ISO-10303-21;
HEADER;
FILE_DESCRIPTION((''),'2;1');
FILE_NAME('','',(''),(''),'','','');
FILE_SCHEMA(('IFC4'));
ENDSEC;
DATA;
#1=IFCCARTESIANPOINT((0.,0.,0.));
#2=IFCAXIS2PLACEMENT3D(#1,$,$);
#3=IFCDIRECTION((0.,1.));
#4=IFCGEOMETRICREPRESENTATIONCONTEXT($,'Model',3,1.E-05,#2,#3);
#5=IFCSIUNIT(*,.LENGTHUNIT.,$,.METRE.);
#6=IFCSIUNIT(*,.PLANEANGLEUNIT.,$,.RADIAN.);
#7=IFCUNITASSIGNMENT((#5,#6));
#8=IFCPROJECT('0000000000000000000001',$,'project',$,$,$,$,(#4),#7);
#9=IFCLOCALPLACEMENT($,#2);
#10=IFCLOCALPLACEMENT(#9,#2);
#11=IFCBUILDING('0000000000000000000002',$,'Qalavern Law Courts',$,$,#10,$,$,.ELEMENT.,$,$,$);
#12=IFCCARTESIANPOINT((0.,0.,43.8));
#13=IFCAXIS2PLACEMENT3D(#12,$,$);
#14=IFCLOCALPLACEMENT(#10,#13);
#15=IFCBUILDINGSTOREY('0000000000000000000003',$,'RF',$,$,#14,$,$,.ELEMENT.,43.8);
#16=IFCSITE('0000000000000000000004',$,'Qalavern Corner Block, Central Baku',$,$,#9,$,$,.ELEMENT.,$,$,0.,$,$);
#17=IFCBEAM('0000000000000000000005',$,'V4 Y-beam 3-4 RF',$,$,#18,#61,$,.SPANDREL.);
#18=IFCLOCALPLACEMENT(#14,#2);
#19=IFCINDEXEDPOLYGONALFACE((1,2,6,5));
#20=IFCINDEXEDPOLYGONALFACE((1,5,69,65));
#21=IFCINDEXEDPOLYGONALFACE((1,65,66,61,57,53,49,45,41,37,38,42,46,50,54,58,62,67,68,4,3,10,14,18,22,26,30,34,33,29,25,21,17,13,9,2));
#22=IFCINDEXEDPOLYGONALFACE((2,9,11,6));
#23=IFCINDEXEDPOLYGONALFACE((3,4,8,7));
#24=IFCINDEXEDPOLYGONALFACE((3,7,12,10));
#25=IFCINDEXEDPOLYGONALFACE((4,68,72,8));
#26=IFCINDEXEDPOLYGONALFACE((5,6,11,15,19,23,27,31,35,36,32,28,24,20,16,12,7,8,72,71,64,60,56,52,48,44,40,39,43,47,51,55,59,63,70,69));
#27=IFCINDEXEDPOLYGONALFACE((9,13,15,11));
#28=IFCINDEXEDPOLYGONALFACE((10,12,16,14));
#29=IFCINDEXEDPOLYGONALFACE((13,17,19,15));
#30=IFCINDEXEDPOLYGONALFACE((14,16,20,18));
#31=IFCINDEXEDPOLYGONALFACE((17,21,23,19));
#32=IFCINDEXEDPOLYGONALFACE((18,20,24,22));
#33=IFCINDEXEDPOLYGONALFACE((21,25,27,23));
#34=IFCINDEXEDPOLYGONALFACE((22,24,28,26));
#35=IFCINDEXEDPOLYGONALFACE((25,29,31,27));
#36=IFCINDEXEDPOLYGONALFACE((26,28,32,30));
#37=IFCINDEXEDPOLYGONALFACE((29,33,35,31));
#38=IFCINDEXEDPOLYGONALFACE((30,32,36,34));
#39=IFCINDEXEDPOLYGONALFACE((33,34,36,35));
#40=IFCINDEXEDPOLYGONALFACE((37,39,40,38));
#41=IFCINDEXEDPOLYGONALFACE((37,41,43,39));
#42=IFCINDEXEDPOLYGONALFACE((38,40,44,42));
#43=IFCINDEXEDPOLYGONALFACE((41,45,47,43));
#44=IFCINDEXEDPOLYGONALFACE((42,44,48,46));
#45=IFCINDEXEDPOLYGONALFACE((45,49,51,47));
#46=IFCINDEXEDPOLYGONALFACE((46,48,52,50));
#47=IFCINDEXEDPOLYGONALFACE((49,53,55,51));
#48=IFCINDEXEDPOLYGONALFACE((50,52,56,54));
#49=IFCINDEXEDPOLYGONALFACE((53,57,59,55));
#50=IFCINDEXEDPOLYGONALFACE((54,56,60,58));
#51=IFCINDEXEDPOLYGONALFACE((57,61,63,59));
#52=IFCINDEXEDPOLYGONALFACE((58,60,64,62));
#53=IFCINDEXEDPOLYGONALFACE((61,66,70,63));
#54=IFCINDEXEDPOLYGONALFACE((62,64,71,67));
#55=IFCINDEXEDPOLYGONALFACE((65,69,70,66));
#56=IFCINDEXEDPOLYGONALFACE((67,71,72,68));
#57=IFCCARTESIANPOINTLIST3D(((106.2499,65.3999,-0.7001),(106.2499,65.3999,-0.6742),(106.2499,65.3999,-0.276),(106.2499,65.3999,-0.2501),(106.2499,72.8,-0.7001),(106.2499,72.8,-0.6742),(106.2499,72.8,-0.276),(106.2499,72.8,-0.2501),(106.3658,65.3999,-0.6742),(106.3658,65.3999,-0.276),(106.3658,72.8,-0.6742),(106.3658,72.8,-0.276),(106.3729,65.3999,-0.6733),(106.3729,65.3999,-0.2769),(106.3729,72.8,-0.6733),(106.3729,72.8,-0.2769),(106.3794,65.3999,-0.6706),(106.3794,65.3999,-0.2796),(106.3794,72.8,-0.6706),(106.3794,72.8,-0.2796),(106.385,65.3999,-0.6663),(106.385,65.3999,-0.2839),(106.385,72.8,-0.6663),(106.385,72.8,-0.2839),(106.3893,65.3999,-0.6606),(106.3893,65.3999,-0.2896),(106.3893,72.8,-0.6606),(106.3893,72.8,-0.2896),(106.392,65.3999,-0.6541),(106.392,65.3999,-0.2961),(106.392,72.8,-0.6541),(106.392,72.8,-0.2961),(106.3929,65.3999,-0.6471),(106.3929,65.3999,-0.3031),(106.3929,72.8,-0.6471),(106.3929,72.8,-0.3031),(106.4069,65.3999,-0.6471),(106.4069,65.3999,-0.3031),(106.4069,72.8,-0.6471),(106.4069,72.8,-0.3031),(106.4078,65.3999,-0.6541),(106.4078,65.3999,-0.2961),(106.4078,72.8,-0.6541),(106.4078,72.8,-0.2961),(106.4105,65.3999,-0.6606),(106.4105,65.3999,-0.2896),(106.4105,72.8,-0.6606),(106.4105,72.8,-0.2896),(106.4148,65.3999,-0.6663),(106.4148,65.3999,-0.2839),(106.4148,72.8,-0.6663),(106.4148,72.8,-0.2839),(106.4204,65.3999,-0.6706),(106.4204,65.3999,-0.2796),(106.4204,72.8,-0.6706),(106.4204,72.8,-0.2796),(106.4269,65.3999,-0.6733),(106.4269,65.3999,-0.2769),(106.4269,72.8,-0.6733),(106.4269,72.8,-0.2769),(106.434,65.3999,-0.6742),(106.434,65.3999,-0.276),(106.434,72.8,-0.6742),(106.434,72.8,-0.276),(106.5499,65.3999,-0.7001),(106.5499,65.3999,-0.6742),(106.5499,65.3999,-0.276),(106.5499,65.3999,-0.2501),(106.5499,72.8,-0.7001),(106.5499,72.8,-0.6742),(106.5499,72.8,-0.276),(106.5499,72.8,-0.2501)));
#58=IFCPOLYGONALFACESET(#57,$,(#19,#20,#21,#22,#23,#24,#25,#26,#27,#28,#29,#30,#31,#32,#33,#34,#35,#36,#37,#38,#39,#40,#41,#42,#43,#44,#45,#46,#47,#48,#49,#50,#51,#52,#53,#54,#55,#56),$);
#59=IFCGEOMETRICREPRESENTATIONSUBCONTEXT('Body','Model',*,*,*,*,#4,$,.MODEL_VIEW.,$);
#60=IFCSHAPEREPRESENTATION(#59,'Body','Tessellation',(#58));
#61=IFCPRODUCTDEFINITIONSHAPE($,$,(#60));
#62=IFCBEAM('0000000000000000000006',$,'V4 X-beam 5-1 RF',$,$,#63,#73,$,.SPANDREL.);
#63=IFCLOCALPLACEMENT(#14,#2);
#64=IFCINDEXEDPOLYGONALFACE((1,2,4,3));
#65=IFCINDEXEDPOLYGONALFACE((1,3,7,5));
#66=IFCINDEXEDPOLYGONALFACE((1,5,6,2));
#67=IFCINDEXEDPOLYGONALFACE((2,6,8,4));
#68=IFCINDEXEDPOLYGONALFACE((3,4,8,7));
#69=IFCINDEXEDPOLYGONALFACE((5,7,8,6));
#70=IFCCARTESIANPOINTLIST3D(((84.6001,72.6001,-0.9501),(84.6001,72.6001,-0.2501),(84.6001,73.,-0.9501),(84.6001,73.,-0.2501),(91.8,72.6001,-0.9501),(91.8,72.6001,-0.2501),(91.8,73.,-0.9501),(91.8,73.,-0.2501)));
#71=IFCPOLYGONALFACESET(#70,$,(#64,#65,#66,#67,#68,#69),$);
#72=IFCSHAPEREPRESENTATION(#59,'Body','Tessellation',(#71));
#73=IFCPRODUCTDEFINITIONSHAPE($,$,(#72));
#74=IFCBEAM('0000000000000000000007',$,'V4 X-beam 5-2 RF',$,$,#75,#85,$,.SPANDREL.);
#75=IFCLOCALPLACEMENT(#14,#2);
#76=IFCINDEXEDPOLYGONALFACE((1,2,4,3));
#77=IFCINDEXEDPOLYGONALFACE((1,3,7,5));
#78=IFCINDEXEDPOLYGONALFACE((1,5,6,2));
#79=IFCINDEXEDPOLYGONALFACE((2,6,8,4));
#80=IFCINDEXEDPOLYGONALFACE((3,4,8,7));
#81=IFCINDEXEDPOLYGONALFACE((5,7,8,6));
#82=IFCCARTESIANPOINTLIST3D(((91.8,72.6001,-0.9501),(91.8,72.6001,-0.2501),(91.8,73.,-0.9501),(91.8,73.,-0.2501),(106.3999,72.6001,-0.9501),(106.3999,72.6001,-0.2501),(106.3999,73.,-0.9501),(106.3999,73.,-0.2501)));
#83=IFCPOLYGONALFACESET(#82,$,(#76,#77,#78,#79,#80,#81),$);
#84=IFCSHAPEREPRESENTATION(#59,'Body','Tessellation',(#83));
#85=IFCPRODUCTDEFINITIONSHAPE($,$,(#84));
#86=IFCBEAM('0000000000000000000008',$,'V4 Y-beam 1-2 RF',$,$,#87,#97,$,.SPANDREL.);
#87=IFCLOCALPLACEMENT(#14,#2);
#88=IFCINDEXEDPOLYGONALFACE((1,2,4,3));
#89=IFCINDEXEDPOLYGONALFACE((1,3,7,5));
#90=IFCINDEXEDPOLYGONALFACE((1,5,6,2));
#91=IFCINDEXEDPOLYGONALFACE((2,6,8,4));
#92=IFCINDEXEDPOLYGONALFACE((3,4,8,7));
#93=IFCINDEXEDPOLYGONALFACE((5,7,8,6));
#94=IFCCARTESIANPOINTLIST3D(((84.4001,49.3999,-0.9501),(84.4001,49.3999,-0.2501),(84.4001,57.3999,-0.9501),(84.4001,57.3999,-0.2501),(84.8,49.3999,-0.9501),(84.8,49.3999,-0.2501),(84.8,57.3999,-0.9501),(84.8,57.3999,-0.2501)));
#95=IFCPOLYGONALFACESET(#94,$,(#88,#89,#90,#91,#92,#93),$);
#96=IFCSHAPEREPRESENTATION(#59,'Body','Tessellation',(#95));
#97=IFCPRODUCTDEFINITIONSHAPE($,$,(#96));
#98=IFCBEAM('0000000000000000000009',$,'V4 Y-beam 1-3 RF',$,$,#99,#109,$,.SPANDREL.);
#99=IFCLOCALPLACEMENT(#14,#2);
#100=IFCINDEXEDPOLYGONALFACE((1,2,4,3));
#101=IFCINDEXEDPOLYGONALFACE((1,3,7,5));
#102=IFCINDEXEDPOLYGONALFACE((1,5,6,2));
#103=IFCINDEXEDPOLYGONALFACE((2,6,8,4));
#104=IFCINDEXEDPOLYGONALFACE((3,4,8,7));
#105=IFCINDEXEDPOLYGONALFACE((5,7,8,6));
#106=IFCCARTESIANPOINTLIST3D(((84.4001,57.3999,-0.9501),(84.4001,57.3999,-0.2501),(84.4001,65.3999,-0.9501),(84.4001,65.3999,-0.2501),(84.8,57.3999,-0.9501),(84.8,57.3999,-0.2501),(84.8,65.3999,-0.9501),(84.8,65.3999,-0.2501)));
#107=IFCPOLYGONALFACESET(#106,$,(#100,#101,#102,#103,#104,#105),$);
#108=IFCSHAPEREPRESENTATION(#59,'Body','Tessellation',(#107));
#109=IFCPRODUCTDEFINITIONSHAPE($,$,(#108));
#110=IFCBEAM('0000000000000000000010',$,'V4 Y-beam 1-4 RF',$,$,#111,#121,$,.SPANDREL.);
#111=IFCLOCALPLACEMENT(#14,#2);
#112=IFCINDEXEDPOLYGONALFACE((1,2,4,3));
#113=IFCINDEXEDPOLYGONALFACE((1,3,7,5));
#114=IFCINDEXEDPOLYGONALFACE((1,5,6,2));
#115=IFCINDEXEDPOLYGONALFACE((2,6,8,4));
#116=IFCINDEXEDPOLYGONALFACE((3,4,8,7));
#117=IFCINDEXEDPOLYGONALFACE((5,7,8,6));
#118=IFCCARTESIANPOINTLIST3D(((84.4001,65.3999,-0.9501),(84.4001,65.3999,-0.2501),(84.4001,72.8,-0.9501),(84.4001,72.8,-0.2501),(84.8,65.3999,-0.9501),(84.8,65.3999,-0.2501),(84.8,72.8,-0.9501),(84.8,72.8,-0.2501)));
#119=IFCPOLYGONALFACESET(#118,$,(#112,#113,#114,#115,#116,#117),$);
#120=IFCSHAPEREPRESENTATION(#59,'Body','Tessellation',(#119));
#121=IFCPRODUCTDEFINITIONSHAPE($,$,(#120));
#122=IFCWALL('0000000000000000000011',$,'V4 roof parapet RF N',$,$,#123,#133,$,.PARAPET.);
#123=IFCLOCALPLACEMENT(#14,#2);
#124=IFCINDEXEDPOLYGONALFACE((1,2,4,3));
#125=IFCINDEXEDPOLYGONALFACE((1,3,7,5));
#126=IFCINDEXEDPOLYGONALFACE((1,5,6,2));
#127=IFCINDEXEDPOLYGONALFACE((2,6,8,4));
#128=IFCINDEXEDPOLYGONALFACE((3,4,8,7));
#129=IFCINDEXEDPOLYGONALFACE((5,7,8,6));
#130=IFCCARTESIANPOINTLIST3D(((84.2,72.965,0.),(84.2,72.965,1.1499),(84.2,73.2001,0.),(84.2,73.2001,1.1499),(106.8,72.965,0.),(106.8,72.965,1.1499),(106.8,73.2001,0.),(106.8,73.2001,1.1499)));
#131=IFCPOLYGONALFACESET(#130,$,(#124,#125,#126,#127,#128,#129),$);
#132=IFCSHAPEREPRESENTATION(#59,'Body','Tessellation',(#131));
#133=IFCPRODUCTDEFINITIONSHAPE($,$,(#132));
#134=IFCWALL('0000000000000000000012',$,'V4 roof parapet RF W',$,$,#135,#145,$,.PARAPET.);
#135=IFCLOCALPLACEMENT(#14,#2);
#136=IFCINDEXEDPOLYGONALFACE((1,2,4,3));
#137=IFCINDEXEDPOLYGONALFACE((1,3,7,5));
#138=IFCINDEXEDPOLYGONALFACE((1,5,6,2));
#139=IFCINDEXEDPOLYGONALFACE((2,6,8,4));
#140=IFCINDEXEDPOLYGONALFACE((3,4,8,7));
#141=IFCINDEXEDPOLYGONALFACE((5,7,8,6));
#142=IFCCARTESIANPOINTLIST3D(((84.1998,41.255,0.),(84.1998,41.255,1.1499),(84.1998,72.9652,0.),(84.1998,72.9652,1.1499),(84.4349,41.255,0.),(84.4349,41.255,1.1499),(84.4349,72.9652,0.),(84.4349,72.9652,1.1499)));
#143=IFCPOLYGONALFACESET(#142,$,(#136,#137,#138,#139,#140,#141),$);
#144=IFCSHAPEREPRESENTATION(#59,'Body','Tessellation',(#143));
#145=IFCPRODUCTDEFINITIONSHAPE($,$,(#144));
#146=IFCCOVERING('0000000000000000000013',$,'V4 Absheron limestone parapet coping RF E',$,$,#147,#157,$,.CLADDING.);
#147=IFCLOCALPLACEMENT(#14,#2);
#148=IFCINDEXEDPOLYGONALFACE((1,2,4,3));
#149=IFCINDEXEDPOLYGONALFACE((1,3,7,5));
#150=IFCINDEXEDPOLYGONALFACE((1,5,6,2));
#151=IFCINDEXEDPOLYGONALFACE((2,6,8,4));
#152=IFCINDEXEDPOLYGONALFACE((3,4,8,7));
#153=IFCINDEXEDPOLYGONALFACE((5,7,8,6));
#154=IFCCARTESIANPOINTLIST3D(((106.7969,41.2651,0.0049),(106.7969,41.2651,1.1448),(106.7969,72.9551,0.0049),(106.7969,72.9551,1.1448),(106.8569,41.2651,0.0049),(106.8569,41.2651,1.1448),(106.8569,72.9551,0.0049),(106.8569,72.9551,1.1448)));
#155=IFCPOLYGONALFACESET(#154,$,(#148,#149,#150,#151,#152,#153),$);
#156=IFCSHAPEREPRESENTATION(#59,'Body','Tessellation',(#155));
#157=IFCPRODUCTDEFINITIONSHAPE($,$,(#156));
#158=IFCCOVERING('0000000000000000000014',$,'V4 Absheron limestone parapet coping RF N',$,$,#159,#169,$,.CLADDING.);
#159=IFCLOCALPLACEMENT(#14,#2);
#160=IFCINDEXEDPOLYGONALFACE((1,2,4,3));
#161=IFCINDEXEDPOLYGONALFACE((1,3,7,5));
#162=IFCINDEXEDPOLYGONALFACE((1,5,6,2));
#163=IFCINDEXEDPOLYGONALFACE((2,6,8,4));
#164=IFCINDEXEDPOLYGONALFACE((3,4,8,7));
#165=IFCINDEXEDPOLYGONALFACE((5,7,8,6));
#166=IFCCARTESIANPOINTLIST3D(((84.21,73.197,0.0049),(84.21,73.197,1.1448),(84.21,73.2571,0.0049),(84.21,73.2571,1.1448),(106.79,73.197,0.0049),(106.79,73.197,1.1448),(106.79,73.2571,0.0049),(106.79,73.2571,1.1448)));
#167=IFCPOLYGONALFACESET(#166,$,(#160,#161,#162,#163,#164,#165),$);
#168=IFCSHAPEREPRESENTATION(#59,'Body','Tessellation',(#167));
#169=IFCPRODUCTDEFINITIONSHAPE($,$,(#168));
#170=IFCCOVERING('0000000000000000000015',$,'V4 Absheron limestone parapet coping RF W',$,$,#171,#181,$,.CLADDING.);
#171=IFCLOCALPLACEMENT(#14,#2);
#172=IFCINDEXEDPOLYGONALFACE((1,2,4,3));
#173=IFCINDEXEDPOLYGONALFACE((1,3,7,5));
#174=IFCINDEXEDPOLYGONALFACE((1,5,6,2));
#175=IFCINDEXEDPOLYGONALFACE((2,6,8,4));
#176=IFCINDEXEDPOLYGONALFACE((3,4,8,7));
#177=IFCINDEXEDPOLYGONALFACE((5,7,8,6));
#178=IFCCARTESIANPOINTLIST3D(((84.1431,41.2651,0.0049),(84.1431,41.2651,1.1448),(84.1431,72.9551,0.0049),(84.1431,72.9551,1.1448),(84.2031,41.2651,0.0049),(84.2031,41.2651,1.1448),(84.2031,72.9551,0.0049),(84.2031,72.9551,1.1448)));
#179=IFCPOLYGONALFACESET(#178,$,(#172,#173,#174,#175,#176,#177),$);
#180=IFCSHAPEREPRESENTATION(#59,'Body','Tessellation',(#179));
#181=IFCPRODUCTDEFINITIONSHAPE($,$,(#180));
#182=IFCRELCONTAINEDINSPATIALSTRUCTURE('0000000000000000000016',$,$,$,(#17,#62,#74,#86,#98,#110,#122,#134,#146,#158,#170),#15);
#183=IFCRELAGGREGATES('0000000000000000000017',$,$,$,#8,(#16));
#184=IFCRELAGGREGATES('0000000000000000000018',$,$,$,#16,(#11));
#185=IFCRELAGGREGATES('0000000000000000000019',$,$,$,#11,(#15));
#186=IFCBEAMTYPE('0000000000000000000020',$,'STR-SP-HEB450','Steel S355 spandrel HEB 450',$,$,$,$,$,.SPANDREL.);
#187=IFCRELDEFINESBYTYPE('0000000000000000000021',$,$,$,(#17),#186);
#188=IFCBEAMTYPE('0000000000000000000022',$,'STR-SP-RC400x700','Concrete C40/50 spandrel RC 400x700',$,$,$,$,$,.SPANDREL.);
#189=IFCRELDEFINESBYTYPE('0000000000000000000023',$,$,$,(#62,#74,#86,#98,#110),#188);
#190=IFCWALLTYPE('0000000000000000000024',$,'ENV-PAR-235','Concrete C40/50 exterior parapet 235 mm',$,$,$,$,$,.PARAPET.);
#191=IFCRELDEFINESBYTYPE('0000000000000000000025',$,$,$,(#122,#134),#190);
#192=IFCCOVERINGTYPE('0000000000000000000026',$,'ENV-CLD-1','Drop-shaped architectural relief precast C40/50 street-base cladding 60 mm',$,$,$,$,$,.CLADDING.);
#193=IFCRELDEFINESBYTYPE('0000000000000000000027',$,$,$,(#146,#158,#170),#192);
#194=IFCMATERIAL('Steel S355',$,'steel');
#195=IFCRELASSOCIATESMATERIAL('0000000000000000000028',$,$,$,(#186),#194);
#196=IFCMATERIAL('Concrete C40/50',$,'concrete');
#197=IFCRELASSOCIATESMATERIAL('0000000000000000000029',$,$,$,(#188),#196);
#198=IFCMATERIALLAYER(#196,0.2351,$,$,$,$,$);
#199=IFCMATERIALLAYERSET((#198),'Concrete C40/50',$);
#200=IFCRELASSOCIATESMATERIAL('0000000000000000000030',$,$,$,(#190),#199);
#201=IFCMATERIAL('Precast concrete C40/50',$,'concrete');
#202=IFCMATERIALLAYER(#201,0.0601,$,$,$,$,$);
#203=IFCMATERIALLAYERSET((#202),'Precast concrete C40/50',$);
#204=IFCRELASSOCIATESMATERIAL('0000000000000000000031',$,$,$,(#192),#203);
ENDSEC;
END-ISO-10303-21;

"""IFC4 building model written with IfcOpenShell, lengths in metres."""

from ifc_helpers import new_model, si_unit, direction, frame, frame_2d, origin, origin_2d, place, context, subcontext, project, spatial, rectangle, i_section, extrude, material, layer, layer_set, material_profile, profile_set, type_object, element, save


model = new_model("IFC4")

# Units and contexts
model_context = context("Model", 3, precision=1e-05, world=origin(), true_north=direction((0.0, 1.0)))
body_context = subcontext(model_context, "Body", "Model", "MODEL_VIEW")
ifc_project = project(units=[si_unit("LENGTHUNIT", "METRE"), si_unit("PLANEANGLEUNIT", "RADIAN")], contexts=[model_context])

# Site, building, storey
site_placement = place(None, origin())
site = spatial("IfcSite", under=ifc_project, at=site_placement, Name="Qalavern Corner Block, Central Baku", CompositionType="ELEMENT", RefElevation=0.0)
building_placement = place(site_placement, origin())
building = spatial("IfcBuilding", under=site, at=building_placement, Name="Qalavern Law Courts", CompositionType="ELEMENT")
storey_placement = place(building_placement, frame((0.0, 0.0, 43.8)))
storey = spatial("IfcBuildingStorey", under=building, at=storey_placement, Name="RF", CompositionType="ELEMENT", Elevation=43.8)

# Beams
ifc_material_1 = material(Name="Steel S355", Category="steel")
ifc_material_2 = material(Name="Concrete C40/50", Category="concrete")
ifc_material_profile_1 = material_profile(ifc_material_1, i_section(OverallWidth=0.3, OverallDepth=0.45, WebThickness=0.0139, FlangeThickness=0.0259, FilletRadius=0.0271, at=origin_2d()), Name="HEB 450")
ifc_profile_set_1 = profile_set([ifc_material_profile_1], Name="Steel S355")
beam_type_1 = type_object("IfcBeamType", Name="STR-SP-HEB450", Description="Steel S355 spandrel HEB 450", PredefinedType="SPANDREL", material=ifc_profile_set_1)
beam_1_placement = place(storey_placement, frame((106.3999, 65.3999, -0.4751), z_axis=(0.0, 1.0, 0.0), x_axis=(-1.0, 0.0, 0.0)))
element("IfcBeam", 1, at=beam_1_placement, inside=storey, type_object=beam_type_1, Name="V4 Y-beam 3-4 RF", PredefinedType="SPANDREL", context=body_context, shape_type="SweptSolid", body=[
    extrude(i_section(OverallWidth=0.3, OverallDepth=0.45, WebThickness=0.0139, FlangeThickness=0.0259, FilletRadius=0.0271, at=origin_2d()), origin(), (0.0, 0.0, 1.0), 7.4001),
])
ifc_material_profile_2 = material_profile(ifc_material_2, rectangle(XDim=0.3999, YDim=0.7, at=origin_2d()), Name="RC 400x700")
ifc_profile_set_2 = profile_set([ifc_material_profile_2], Name="Concrete C40/50")
beam_type_2 = type_object("IfcBeamType", Name="STR-SP-RC400x700", Description="Concrete C40/50 spandrel RC 400x700", PredefinedType="SPANDREL", material=ifc_profile_set_2)
beam_2_placement = place(storey_placement, frame((84.6001, 72.8, -0.6001), z_axis=(1.0, 0.0, 0.0), x_axis=(0.0, 1.0, 0.0)))
element("IfcBeam", 2, at=beam_2_placement, inside=storey, type_object=beam_type_2, Name="V4 X-beam 5-1 RF", PredefinedType="SPANDREL", context=body_context, shape_type="SweptSolid", body=[
    extrude(rectangle(XDim=0.3999, YDim=0.7, at=origin_2d()), origin(), (0.0, 0.0, 1.0), 7.2),
])
beam_3_placement = place(storey_placement, frame((91.8, 72.8, -0.6001), z_axis=(1.0, 0.0, 0.0), x_axis=(0.0, 1.0, 0.0)))
element("IfcBeam", 3, at=beam_3_placement, inside=storey, type_object=beam_type_2, Name="V4 X-beam 5-2 RF", PredefinedType="SPANDREL", context=body_context, shape_type="SweptSolid", body=[
    extrude(rectangle(XDim=0.3999, YDim=0.7, at=origin_2d()), origin(), (0.0, 0.0, 1.0), 14.5999),
])
for number, where, z_axis, x_axis, name in (
    (4, (84.6001, 49.3999, -0.6001), (0.0, 1.0, 0.0), (-1.0, 0.0, 0.0), "V4 Y-beam 1-2 RF"),
    (5, (84.6001, 57.3999, -0.6001), (0.0, 1.0, 0.0), (-1.0, 0.0, 0.0), "V4 Y-beam 1-3 RF"),
):
    element("IfcBeam", number, at=place(storey_placement, frame(where, z_axis=z_axis, x_axis=x_axis)), inside=storey, type_object=beam_type_2, Name=name, PredefinedType="SPANDREL", context=body_context, shape_type="SweptSolid", body=[
        extrude(rectangle(XDim=0.3999, YDim=0.7, at=origin_2d()), origin(), (0.0, 0.0, 1.0), 8.0),
    ])
beam_4_placement = place(storey_placement, frame((84.6001, 65.3999, -0.6001), z_axis=(0.0, 1.0, 0.0), x_axis=(-1.0, 0.0, 0.0)))
element("IfcBeam", 6, at=beam_4_placement, inside=storey, type_object=beam_type_2, Name="V4 Y-beam 1-4 RF", PredefinedType="SPANDREL", context=body_context, shape_type="SweptSolid", body=[
    extrude(rectangle(XDim=0.3999, YDim=0.7, at=origin_2d()), origin(), (0.0, 0.0, 1.0), 7.4001),
])

# Walls
ifc_layer_1 = layer(ifc_material_2, 0.2351)
ifc_layer_set_1 = layer_set([ifc_layer_1], Name="Concrete C40/50")
wall_type = type_object("IfcWallType", Name="ENV-PAR-235", Description="Concrete C40/50 exterior parapet 235 mm", PredefinedType="PARAPET", material=ifc_layer_set_1)
wall_1_placement = place(storey_placement, frame((106.8, 73.0825, 0.0), z_axis=(0.0, 0.0, 1.0), x_axis=(-1.0, 0.0, 0.0)))
element("IfcWall", 7, at=wall_1_placement, inside=storey, type_object=wall_type, Name="V4 roof parapet RF N", PredefinedType="PARAPET", context=body_context, shape_type="SweptSolid", body=[
    extrude(rectangle(XDim=22.6001, YDim=0.2351, at=frame_2d((11.3, 0.0))), origin(), (0.0, 0.0, 1.0), 1.1499),
])
wall_2_placement = place(storey_placement, frame((84.3174, 72.9651, 0.0), z_axis=(0.0, 0.0, 1.0), x_axis=(0.0, -1.0, 0.0)))
element("IfcWall", 8, at=wall_2_placement, inside=storey, type_object=wall_type, Name="V4 roof parapet RF W", PredefinedType="PARAPET", context=body_context, shape_type="SweptSolid", body=[
    extrude(rectangle(XDim=31.7102, YDim=0.2351, at=frame_2d((15.855, 0.0))), origin(), (0.0, 0.0, 1.0), 1.1499),
])

# Coverings
ifc_material_3 = material(Name="Precast concrete C40/50", Category="concrete")
ifc_layer_2 = layer(ifc_material_3, 0.0601)
ifc_layer_set_2 = layer_set([ifc_layer_2], Name="Precast concrete C40/50")
covering_type = type_object("IfcCoveringType", Name="ENV-CLD-1", Description="Drop-shaped architectural relief precast C40/50 street-base cladding 60 mm", PredefinedType="CLADDING", material=ifc_layer_set_2)
covering_1_placement = place(storey_placement, frame((106.8269, 57.1101, 0.0049), z_axis=(0.0, 0.0, 1.0), x_axis=(0.0, 1.0, 0.0)))
element("IfcCovering", 9, at=covering_1_placement, inside=storey, type_object=covering_type, Name="V4 Absheron limestone parapet coping RF E", PredefinedType="CLADDING", context=body_context, shape_type="SweptSolid", body=[
    extrude(rectangle(XDim=31.6899, YDim=0.0601, at=origin_2d()), origin(), (0.0, 0.0, 1.0), 1.1399),
])
covering_2_placement = place(storey_placement, frame((95.5, 73.2271, 0.0049), z_axis=(0.0, 0.0, 1.0), x_axis=(-1.0, 0.0, 0.0)))
element("IfcCovering", 10, at=covering_2_placement, inside=storey, type_object=covering_type, Name="V4 Absheron limestone parapet coping RF N", PredefinedType="CLADDING", context=body_context, shape_type="SweptSolid", body=[
    extrude(rectangle(XDim=22.5801, YDim=0.0601, at=origin_2d()), origin(), (0.0, 0.0, 1.0), 1.1399),
])
covering_3_placement = place(storey_placement, frame((84.1731, 57.1101, 0.0049), z_axis=(0.0, 0.0, 1.0), x_axis=(0.0, -1.0, 0.0)))
element("IfcCovering", 11, at=covering_3_placement, inside=storey, type_object=covering_type, Name="V4 Absheron limestone parapet coping RF W", PredefinedType="CLADDING", context=body_context, shape_type="SweptSolid", body=[
    extrude(rectangle(XDim=31.6899, YDim=0.0601, at=origin_2d()), origin(), (0.0, 0.0, 1.0), 1.1399),
])

save(model, "model.ifc")
